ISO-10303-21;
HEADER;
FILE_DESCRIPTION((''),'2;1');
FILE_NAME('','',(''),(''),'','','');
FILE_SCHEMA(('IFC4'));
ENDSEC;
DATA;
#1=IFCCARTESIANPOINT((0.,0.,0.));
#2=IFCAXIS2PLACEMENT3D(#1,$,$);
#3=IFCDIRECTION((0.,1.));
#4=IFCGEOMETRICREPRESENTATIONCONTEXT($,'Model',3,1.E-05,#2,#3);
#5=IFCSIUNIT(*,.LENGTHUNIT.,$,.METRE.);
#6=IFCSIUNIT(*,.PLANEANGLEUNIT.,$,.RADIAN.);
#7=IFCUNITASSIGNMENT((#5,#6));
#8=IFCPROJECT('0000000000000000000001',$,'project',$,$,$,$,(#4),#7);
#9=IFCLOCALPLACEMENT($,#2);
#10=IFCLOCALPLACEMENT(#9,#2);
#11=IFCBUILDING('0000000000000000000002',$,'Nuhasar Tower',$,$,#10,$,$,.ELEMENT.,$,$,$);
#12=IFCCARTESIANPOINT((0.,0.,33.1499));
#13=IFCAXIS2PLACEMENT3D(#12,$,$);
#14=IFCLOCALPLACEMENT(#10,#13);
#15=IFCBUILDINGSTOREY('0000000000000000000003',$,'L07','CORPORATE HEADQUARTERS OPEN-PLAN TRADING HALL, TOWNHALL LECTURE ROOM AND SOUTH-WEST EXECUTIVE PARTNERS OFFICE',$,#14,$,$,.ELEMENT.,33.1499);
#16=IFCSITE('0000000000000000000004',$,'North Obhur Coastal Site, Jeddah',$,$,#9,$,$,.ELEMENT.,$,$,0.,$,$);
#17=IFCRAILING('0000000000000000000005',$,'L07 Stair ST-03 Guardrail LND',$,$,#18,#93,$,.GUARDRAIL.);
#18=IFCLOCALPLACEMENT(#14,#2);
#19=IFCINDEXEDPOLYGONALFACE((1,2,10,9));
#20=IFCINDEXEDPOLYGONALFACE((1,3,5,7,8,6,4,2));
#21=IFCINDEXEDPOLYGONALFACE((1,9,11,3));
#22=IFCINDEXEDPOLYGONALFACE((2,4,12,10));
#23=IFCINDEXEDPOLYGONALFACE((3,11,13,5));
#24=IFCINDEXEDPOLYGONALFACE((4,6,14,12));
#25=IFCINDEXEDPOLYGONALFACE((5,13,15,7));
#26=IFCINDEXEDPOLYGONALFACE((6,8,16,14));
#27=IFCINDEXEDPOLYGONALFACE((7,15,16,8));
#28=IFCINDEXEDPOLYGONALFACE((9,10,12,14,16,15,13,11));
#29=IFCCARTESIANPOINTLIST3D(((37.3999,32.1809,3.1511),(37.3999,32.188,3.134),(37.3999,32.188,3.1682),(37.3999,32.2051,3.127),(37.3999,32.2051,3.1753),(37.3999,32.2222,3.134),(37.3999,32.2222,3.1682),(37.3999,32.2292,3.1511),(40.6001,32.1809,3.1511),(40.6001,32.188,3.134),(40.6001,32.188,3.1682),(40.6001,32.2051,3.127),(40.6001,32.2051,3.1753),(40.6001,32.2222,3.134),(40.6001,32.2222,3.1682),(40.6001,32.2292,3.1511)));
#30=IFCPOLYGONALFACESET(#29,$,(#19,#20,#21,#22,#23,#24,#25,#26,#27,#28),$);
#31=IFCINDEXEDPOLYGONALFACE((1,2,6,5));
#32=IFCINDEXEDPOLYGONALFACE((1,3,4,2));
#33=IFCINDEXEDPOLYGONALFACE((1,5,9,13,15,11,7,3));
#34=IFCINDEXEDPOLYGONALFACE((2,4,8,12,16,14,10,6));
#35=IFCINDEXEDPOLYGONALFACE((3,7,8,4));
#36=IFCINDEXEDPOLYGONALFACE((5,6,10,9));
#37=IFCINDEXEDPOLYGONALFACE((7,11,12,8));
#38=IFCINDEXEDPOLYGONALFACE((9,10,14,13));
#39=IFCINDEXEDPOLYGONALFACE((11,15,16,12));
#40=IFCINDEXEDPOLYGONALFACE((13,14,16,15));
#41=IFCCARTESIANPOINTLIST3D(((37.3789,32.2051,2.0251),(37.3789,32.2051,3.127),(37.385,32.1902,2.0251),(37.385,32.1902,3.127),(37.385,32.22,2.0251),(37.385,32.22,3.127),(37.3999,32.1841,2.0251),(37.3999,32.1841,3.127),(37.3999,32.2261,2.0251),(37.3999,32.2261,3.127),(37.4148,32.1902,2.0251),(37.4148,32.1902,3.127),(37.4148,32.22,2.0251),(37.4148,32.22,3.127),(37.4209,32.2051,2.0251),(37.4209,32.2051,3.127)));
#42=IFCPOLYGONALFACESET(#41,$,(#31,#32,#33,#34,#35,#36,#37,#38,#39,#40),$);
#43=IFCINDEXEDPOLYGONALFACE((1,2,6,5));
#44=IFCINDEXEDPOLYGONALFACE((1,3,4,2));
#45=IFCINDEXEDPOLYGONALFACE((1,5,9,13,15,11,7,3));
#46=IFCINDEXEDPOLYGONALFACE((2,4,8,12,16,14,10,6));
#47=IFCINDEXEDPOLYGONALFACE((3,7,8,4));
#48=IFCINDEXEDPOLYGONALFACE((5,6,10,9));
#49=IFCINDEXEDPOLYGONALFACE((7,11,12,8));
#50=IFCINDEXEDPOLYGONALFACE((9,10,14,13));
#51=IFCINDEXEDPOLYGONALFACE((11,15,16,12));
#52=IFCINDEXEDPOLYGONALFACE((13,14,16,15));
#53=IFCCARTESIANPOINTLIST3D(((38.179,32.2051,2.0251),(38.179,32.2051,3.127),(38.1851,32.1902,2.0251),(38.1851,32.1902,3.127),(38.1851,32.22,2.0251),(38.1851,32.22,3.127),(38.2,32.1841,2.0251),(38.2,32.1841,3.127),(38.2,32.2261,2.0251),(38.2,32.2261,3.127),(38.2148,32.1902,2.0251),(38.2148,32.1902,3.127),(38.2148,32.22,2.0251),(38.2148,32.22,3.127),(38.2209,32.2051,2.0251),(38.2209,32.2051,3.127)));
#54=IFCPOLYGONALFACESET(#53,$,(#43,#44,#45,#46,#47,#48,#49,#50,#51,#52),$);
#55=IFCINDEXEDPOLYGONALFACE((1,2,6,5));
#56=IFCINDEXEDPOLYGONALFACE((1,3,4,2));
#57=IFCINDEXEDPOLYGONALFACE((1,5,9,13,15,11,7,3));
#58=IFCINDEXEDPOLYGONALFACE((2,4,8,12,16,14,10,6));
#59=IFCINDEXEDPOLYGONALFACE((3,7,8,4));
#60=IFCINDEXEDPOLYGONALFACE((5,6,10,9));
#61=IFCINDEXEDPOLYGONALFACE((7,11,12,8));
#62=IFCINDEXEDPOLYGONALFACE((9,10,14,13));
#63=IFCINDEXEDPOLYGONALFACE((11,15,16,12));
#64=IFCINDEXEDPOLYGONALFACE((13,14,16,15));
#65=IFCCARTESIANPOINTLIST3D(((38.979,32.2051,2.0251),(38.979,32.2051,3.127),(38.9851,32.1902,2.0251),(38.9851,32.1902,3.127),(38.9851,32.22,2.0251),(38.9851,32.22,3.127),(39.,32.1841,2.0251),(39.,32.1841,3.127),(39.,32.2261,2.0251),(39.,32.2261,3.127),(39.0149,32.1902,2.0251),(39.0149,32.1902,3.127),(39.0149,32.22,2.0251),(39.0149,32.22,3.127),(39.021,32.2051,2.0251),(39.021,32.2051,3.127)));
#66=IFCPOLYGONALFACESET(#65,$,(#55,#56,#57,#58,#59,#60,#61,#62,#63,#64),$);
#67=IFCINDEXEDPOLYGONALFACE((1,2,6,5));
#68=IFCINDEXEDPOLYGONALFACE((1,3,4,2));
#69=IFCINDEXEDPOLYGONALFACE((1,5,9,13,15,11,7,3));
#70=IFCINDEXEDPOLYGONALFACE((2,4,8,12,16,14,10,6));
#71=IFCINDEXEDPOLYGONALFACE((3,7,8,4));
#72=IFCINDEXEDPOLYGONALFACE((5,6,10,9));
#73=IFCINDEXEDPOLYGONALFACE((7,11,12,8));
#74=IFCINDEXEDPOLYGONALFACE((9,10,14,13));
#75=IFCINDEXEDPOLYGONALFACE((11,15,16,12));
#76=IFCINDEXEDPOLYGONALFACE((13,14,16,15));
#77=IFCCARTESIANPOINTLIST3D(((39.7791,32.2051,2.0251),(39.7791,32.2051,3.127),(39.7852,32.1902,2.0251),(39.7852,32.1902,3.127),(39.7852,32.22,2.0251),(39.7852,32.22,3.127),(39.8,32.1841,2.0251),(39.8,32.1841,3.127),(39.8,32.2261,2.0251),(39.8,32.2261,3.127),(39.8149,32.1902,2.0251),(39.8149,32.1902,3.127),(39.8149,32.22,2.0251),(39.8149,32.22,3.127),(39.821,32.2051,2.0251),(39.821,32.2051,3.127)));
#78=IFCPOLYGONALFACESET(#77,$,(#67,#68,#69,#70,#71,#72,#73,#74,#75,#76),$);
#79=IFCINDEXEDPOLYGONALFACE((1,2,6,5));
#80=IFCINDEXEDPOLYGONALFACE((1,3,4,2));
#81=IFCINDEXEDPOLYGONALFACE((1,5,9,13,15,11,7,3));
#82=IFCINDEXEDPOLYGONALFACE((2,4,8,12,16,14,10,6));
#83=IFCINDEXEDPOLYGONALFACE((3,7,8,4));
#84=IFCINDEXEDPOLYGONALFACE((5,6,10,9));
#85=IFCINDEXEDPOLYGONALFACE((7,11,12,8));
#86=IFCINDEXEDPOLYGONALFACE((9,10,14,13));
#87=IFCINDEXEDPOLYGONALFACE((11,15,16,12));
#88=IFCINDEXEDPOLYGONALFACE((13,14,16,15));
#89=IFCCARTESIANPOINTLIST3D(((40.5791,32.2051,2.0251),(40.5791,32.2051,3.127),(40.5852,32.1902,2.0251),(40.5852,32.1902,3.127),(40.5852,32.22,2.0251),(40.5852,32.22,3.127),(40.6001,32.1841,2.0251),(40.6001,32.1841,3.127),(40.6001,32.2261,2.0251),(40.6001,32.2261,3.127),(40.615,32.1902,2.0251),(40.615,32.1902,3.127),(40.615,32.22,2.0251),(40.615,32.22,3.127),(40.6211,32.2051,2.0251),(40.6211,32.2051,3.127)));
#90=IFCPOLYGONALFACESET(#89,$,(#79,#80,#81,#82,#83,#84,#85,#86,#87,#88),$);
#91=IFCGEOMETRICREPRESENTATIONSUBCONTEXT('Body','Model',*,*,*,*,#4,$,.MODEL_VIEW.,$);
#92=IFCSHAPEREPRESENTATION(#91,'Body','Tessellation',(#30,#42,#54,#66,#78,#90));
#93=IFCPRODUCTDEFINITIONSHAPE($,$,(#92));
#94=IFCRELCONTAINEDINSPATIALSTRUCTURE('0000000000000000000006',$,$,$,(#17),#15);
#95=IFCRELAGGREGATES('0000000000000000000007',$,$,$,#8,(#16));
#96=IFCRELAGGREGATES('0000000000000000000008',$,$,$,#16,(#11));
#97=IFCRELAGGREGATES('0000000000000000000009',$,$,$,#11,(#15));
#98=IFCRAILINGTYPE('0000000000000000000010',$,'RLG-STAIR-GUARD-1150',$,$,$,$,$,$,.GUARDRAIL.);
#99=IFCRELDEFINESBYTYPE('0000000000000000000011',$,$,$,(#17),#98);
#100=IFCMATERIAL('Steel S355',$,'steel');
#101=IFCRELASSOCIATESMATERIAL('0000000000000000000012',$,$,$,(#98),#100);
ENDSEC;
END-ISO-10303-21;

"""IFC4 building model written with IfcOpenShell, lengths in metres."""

from ifc_helpers import new_model, si_unit, direction, frame, origin, place, context, subcontext, project, spatial, polyline, outline, extrude, material, type_object, element, save


model = new_model("IFC4")

# Units and contexts
model_context = context("Model", 3, precision=1e-05, world=origin(), true_north=direction((0.0, 1.0)))
body_context = subcontext(model_context, "Body", "Model", "MODEL_VIEW")
ifc_project = project(units=[si_unit("LENGTHUNIT", "METRE"), si_unit("PLANEANGLEUNIT", "RADIAN")], contexts=[model_context])

# Site, building, storey
site_placement = place(None, origin())
site = spatial("IfcSite", under=ifc_project, at=site_placement, Name="North Obhur Coastal Site, Jeddah", CompositionType="ELEMENT", RefElevation=0.0)
building_placement = place(site_placement, origin())
building = spatial("IfcBuilding", under=site, at=building_placement, Name="Nuhasar Tower", CompositionType="ELEMENT")
storey_placement = place(building_placement, frame((0.0, 0.0, 33.1499)))
storey = spatial("IfcBuildingStorey", under=building, at=storey_placement, Name="L07", Description="CORPORATE HEADQUARTERS OPEN-PLAN TRADING HALL, TOWNHALL LECTURE ROOM AND SOUTH-WEST EXECUTIVE PARTNERS OFFICE", CompositionType="ELEMENT", Elevation=33.1499)

# Shared definitions
ifc_material_1 = material(Name="Steel S355", Category="steel")

# Railing
railing_type_1 = type_object("IfcRailingType", Name="RLG-STAIR-GUARD-1150", PredefinedType="GUARDRAIL", material=ifc_material_1)
railing_1_placement = place(storey_placement, frame((37.3999, 32.2051, 2.0251)))
element("IfcRailing", 1, at=railing_1_placement, inside=storey, type_object=railing_type_1, Name="L07 Stair ST-03 Guardrail LND", PredefinedType="GUARDRAIL", context=body_context, shape_type="SweptSolid", body=[
    extrude(outline(polyline([(0.0242, 0.0), (0.0171, 0.0171), (0.0, 0.0242), (-0.0171, 0.0171), (-0.0242, 0.0), (-0.0171, -0.0171), (0.0, -0.0242), (0.0171, -0.0171), (0.0242, 0.0)])), frame((0.0, 0.0, 1.126), z_axis=(1.0, 0.0, 0.0), x_axis=(0.0, 1.0, 0.0)), (0.0, 0.0, 1.0), 3.2002),
    extrude(outline(polyline([(0.021, 0.0), (0.0149, 0.0149), (0.0, 0.021), (-0.0149, 0.0149), (-0.021, 0.0), (-0.0149, -0.0149), (0.0, -0.021), (0.0149, -0.0149), (0.021, 0.0)])), origin(), (0.0, 0.0, 1.0), 1.1018),
    extrude(outline(polyline([(0.021, 0.0), (0.0149, 0.0149), (0.0, 0.021), (-0.0149, 0.0149), (-0.021, 0.0), (-0.0149, -0.0149), (0.0, -0.021), (0.0149, -0.0149), (0.021, 0.0)])), frame((0.8, 0.0, 0.0)), (0.0, 0.0, 1.0), 1.1018),
    extrude(outline(polyline([(0.021, 0.0), (0.0149, 0.0149), (0.0, 0.021), (-0.0149, 0.0149), (-0.021, 0.0), (-0.0149, -0.0149), (0.0, -0.021), (0.0149, -0.0149), (0.021, 0.0)])), frame((1.6001, 0.0, 0.0)), (0.0, 0.0, 1.0), 1.1018),
    extrude(outline(polyline([(0.021, 0.0), (0.0149, 0.0149), (0.0, 0.021), (-0.0149, 0.0149), (-0.021, 0.0), (-0.0149, -0.0149), (0.0, -0.021), (0.0149, -0.0149), (0.021, 0.0)])), frame((2.4001, 0.0, 0.0)), (0.0, 0.0, 1.0), 1.1018),
    extrude(outline(polyline([(0.021, 0.0), (0.0149, 0.0149), (0.0, 0.021), (-0.0149, 0.0149), (-0.021, 0.0), (-0.0149, -0.0149), (0.0, -0.021), (0.0149, -0.0149), (0.021, 0.0)])), frame((3.2002, 0.0, 0.0)), (0.0, 0.0, 1.0), 1.1018),
])

save(model, "model.ifc")
